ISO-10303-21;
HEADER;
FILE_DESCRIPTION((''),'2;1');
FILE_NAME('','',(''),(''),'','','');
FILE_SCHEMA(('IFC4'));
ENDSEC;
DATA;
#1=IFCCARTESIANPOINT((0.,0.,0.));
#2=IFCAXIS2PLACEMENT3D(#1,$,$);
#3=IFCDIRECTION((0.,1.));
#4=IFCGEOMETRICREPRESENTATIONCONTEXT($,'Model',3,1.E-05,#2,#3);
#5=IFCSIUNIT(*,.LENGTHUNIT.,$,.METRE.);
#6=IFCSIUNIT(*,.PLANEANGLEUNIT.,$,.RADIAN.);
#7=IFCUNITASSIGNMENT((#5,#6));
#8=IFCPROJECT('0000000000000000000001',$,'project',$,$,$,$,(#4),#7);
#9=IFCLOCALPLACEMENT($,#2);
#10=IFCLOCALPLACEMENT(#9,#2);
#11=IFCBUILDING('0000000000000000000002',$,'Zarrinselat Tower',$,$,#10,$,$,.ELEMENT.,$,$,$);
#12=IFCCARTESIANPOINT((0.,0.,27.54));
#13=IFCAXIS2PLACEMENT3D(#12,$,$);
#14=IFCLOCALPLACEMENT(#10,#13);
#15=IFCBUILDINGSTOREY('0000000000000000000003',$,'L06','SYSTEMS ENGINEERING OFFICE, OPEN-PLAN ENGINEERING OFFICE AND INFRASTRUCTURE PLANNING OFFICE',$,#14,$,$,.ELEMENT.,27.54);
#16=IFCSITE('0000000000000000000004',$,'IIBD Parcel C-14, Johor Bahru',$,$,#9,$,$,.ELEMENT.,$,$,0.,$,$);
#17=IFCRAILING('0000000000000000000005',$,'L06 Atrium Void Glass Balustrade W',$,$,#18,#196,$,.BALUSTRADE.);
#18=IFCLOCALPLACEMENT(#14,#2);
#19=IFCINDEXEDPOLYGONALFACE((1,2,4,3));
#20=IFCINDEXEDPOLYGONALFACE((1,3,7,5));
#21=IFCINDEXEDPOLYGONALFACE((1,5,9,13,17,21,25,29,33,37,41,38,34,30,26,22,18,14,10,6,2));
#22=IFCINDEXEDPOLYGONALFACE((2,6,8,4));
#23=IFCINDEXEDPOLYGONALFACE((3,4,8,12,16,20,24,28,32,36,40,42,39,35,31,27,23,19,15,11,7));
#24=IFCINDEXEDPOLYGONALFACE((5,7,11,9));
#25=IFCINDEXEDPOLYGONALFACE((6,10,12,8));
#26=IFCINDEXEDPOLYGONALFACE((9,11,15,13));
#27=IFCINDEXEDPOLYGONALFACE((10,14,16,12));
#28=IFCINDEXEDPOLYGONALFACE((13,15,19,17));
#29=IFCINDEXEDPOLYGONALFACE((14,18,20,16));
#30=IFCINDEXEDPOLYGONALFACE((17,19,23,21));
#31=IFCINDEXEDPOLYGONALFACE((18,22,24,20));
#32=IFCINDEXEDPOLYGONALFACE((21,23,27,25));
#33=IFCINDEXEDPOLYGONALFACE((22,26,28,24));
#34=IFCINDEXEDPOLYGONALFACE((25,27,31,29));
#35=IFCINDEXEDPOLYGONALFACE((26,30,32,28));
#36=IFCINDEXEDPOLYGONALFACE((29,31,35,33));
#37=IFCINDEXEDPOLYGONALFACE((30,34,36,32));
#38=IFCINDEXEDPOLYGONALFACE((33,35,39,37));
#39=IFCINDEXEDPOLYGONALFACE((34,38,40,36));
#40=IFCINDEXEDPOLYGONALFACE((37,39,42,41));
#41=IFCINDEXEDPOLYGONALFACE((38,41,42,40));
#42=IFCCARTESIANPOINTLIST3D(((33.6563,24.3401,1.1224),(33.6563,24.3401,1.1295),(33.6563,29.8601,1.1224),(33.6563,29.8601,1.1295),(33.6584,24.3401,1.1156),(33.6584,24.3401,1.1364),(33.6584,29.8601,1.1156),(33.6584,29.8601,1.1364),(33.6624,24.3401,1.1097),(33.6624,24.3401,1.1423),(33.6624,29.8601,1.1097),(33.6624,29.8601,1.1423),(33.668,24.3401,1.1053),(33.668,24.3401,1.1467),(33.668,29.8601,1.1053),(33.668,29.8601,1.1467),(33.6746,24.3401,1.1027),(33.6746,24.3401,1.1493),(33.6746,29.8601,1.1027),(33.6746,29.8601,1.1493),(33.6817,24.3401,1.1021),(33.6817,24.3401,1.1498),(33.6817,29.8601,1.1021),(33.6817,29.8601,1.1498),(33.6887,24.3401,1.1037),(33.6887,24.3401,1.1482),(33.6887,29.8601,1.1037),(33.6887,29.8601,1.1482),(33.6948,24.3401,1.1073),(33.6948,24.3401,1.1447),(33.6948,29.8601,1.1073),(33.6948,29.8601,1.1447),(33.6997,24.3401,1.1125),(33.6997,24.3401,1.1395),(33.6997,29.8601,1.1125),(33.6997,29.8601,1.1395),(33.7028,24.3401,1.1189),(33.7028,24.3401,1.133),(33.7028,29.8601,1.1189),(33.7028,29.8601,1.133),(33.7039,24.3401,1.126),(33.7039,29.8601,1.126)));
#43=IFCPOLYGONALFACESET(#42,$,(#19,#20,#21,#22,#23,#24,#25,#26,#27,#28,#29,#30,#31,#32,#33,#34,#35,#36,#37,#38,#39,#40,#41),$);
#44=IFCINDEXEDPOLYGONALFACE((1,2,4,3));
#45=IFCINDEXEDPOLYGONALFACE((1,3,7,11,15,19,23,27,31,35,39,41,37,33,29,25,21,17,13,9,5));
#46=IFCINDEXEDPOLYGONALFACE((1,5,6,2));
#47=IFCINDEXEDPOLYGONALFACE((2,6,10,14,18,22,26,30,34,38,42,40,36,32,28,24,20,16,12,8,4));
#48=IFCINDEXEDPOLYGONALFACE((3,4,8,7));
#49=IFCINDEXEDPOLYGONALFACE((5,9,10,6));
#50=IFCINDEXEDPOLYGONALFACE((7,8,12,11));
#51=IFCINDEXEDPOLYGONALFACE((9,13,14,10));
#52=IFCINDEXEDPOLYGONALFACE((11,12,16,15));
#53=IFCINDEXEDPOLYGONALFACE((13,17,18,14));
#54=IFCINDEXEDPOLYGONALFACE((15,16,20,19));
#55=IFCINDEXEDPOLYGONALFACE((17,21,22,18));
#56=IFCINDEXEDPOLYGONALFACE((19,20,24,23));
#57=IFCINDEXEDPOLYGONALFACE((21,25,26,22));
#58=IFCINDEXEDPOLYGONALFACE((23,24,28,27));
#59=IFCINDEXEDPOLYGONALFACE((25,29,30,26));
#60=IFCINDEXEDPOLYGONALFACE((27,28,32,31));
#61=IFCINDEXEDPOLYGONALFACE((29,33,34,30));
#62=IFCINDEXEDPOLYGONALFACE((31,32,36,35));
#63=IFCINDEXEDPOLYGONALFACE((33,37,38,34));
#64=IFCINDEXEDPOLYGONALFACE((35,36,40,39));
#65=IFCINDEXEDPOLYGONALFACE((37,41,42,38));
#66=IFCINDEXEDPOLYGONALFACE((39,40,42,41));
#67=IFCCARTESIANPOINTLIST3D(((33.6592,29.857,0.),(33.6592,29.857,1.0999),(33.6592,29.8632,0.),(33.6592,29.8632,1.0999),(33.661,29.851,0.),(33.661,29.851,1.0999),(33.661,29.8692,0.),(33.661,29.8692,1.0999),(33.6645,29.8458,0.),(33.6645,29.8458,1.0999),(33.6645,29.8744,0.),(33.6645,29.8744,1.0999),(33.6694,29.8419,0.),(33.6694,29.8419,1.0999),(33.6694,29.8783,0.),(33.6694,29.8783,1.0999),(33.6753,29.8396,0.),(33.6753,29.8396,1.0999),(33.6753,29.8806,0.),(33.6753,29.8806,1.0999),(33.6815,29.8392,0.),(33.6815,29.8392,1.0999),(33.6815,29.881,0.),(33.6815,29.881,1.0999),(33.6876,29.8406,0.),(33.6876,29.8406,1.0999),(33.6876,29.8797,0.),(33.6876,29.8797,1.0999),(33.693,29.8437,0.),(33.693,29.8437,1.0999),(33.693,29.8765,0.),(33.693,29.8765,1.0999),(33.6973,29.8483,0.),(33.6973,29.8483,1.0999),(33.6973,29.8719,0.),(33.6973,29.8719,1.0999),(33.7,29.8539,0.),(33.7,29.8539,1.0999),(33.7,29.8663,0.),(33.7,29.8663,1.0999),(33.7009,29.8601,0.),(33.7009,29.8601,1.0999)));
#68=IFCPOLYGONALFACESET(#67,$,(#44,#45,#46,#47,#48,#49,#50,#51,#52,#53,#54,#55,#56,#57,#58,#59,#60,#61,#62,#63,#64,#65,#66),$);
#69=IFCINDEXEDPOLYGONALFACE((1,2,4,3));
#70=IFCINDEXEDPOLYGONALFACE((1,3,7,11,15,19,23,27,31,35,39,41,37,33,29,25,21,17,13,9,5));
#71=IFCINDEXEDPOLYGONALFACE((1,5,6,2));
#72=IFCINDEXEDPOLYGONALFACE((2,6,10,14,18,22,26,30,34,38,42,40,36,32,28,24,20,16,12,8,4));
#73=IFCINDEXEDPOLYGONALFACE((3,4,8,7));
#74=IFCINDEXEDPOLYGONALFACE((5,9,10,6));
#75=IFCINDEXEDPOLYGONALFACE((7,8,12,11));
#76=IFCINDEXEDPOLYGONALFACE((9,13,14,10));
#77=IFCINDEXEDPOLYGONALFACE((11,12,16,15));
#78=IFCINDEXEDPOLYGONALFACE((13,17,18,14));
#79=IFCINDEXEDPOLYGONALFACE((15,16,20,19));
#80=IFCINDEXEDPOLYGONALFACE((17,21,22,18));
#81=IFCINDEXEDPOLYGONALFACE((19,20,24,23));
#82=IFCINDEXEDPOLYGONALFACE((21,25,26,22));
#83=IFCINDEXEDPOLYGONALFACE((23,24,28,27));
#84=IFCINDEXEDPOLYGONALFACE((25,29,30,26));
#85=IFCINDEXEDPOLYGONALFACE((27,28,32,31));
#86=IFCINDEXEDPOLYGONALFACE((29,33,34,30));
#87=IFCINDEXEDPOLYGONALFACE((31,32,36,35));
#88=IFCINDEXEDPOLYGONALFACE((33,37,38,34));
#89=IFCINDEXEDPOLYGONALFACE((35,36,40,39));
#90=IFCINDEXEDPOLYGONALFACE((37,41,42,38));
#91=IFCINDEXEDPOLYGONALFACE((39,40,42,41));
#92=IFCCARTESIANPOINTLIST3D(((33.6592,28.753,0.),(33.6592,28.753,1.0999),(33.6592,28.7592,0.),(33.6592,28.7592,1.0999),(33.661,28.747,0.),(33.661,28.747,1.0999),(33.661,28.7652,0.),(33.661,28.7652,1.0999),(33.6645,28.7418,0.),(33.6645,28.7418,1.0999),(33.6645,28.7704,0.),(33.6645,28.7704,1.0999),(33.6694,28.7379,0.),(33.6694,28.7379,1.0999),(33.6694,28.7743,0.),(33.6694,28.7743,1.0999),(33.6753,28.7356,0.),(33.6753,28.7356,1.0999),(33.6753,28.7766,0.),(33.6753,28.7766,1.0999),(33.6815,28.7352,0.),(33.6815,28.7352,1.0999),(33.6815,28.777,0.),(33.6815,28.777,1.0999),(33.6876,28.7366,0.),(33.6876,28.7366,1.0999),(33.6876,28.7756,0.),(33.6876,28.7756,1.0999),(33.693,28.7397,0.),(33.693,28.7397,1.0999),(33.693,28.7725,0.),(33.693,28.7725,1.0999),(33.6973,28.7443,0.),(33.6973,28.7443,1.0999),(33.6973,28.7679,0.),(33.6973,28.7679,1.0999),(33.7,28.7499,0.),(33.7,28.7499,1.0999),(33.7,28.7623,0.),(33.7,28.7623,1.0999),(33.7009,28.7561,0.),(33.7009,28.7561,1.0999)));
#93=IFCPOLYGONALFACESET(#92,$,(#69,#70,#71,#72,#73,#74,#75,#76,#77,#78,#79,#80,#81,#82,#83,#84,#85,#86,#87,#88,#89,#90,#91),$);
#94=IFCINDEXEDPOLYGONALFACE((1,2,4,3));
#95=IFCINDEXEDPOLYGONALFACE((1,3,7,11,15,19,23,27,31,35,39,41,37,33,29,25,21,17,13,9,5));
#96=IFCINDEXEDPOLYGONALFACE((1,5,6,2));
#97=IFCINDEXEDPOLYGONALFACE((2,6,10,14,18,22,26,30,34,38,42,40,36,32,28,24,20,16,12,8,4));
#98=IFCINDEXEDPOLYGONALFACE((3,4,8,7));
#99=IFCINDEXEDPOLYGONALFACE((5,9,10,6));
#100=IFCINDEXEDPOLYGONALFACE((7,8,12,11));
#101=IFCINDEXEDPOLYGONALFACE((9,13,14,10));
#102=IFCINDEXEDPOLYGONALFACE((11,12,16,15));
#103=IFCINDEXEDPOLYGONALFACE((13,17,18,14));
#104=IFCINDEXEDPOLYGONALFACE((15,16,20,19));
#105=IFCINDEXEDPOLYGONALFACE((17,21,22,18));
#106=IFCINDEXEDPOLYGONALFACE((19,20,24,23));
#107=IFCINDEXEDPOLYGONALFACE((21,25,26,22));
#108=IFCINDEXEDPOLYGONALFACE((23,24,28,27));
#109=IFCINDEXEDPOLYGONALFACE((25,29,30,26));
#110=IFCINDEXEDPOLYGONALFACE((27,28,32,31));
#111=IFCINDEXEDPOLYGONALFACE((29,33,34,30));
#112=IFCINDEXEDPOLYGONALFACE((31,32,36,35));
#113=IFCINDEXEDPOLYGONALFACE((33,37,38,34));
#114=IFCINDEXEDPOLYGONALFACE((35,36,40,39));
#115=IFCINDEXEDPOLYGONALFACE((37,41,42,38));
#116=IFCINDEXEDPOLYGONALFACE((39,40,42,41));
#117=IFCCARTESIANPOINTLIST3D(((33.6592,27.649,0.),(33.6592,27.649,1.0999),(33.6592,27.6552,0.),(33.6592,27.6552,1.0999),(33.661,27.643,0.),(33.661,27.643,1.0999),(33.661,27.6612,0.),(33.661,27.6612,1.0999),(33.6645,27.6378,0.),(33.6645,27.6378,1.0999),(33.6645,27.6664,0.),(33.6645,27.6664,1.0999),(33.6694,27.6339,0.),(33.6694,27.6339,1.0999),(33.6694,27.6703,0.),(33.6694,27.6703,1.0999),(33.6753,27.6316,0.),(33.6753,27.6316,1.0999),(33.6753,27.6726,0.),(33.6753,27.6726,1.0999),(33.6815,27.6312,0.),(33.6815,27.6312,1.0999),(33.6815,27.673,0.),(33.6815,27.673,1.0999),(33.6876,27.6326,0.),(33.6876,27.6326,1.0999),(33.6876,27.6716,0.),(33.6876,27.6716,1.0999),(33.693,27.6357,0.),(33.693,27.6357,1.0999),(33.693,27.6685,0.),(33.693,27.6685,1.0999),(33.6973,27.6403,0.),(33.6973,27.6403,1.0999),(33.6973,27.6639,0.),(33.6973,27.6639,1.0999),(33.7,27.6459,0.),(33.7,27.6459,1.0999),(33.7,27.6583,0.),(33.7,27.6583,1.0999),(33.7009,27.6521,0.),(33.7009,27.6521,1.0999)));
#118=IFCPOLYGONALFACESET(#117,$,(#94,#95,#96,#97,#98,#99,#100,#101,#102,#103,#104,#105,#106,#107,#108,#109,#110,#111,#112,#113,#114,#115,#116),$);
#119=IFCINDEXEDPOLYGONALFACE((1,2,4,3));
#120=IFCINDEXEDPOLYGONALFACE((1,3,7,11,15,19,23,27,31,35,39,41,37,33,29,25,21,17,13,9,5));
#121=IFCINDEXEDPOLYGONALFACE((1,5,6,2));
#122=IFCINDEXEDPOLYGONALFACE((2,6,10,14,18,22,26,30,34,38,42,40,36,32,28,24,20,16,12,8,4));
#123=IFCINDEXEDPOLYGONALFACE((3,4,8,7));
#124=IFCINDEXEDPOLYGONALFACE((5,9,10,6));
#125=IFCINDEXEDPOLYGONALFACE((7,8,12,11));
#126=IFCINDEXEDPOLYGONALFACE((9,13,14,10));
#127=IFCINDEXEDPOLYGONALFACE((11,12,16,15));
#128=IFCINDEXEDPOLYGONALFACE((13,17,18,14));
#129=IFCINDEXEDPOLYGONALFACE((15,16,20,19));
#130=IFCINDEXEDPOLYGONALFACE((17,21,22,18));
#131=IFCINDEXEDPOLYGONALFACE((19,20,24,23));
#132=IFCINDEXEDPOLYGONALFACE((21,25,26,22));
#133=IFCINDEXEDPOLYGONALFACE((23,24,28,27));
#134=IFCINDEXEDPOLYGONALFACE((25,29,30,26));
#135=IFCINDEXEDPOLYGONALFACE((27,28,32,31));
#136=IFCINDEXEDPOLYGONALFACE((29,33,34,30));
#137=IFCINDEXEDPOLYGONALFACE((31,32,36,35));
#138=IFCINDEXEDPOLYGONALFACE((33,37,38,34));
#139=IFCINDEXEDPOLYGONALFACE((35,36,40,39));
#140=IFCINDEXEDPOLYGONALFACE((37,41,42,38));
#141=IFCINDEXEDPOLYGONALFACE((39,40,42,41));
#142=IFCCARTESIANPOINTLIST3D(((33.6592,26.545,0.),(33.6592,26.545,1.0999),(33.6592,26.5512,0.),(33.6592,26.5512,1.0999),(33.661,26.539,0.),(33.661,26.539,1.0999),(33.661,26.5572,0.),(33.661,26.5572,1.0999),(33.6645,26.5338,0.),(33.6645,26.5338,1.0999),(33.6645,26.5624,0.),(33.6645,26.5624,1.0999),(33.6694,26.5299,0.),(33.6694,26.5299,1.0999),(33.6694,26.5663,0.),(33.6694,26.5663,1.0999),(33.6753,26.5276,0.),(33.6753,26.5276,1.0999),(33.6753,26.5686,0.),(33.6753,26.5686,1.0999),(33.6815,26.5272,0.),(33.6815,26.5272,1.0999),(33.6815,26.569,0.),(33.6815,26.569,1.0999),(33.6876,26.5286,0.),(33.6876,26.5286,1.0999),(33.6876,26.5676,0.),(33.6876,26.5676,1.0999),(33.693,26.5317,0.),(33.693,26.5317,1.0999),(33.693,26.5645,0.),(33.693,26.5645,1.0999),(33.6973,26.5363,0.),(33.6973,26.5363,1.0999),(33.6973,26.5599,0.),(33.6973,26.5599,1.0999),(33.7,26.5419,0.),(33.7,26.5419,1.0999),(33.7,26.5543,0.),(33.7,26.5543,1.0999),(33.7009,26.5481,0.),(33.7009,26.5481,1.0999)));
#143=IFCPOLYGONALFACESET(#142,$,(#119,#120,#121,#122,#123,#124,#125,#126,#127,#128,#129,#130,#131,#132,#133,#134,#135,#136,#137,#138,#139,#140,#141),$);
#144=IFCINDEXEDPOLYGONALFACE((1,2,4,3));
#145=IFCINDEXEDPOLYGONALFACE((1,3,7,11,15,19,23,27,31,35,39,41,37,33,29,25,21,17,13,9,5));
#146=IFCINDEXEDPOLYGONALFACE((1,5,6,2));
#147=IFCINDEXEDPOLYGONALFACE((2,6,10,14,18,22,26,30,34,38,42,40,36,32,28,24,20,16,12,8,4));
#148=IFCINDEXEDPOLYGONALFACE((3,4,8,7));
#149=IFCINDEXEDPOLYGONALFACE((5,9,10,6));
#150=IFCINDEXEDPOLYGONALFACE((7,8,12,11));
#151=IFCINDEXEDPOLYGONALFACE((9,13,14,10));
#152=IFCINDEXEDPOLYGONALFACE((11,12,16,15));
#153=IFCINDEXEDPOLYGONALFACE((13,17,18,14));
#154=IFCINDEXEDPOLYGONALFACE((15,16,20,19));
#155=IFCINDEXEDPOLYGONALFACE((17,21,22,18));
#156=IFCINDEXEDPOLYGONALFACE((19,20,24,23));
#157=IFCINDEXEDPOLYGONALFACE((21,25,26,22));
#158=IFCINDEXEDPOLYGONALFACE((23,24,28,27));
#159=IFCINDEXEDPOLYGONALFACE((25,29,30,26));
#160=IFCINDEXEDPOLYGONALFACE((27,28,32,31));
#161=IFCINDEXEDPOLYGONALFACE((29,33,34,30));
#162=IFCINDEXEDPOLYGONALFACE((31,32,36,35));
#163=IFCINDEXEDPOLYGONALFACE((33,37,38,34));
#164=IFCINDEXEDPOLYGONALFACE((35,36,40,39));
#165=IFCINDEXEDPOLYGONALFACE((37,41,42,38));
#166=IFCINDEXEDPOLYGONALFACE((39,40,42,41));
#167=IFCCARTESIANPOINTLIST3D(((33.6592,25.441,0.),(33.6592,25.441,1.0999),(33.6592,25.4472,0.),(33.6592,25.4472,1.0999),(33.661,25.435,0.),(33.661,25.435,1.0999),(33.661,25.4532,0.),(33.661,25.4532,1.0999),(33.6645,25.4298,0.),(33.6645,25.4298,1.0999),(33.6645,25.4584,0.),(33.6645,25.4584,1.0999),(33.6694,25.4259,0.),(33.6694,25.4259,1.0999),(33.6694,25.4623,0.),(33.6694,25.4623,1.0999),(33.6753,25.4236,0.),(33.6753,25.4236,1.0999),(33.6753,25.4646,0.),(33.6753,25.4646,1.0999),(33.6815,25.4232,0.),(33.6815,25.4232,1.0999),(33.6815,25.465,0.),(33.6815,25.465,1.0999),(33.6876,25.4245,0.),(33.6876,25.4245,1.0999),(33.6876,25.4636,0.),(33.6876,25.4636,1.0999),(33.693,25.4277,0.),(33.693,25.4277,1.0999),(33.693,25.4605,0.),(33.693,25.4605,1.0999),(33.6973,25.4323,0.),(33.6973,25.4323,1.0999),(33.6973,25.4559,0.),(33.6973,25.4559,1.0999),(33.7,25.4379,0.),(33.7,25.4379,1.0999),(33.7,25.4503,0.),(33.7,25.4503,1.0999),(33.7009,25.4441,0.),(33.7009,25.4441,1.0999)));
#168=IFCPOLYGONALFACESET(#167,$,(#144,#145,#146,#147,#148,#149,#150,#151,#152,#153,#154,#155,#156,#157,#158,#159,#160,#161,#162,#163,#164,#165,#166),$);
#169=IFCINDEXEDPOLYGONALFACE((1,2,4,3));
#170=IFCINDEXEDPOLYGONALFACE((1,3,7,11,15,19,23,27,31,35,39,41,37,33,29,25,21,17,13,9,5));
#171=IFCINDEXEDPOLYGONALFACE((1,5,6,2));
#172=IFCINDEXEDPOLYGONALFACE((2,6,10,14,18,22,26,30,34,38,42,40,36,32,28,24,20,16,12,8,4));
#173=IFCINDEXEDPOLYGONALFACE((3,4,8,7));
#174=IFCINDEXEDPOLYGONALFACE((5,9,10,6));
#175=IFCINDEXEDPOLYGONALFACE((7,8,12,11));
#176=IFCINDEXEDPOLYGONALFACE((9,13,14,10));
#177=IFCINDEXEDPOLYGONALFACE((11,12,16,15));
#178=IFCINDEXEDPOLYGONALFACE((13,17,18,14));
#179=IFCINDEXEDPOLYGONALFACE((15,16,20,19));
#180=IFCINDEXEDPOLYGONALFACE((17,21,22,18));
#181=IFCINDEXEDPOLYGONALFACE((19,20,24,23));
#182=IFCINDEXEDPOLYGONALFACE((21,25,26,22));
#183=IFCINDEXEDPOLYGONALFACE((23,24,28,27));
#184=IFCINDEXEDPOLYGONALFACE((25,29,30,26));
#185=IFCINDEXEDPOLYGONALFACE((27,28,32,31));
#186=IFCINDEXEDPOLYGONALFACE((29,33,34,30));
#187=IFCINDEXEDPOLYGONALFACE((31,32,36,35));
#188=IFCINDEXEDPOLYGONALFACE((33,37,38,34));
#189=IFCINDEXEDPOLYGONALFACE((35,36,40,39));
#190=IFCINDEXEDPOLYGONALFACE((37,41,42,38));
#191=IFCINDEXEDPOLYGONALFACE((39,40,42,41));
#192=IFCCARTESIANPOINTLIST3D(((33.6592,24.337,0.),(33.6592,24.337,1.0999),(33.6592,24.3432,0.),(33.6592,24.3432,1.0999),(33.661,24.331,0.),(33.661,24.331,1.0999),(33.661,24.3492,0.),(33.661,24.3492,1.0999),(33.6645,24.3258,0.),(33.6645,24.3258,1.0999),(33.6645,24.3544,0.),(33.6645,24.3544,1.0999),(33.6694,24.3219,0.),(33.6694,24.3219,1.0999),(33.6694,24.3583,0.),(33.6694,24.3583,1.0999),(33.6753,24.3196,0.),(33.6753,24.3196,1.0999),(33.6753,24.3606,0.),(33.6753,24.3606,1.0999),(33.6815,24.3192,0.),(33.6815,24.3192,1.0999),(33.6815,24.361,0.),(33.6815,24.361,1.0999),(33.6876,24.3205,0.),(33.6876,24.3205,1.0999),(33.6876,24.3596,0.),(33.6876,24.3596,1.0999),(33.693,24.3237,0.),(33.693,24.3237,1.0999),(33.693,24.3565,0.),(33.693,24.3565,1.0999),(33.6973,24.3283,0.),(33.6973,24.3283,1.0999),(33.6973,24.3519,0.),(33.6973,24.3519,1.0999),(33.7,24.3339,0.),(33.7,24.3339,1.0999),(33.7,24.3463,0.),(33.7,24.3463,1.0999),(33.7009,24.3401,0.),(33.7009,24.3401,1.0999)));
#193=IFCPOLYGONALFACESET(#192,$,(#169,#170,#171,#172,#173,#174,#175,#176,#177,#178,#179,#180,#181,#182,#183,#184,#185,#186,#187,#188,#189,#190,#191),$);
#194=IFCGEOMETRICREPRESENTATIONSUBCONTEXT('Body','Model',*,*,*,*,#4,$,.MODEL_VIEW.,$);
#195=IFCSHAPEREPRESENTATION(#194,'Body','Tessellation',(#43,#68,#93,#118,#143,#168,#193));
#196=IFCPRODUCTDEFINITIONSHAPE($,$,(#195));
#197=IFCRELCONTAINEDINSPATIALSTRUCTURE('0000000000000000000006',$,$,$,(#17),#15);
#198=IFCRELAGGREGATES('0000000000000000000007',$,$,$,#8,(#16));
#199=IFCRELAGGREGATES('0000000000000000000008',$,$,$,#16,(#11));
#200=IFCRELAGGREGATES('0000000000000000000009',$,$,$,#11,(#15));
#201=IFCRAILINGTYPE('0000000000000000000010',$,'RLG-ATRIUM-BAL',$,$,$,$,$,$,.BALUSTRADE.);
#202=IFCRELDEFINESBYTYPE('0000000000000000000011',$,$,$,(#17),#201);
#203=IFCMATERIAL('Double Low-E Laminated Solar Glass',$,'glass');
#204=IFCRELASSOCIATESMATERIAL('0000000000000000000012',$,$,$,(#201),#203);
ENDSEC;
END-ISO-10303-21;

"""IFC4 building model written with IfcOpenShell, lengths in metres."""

from ifc_helpers import new_model, si_unit, direction, frame, origin, origin_2d, place, context, subcontext, project, spatial, circle, extrude, material, type_object, element, save


model = new_model("IFC4")

# Units and contexts
model_context = context("Model", 3, precision=1e-05, world=origin(), true_north=direction((0.0, 1.0)))
body_context = subcontext(model_context, "Body", "Model", "MODEL_VIEW")
ifc_project = project(units=[si_unit("LENGTHUNIT", "METRE"), si_unit("PLANEANGLEUNIT", "RADIAN")], contexts=[model_context])

# Site, building, storey
site_placement = place(None, origin())
site = spatial("IfcSite", under=ifc_project, at=site_placement, Name="IIBD Parcel C-14, Johor Bahru", CompositionType="ELEMENT", RefElevation=0.0)
building_placement = place(site_placement, origin())
building = spatial("IfcBuilding", under=site, at=building_placement, Name="Zarrinselat Tower", CompositionType="ELEMENT")
storey_placement = place(building_placement, frame((0.0, 0.0, 27.54)))
storey = spatial("IfcBuildingStorey", under=building, at=storey_placement, Name="L06", Description="SYSTEMS ENGINEERING OFFICE, OPEN-PLAN ENGINEERING OFFICE AND INFRASTRUCTURE PLANNING OFFICE", CompositionType="ELEMENT", Elevation=27.54)

# Railing
ifc_material_1 = material(Name="Double Low-E Laminated Solar Glass", Category="glass")
railing_type_1 = type_object("IfcRailingType", Name="RLG-ATRIUM-BAL", PredefinedType="BALUSTRADE", material=ifc_material_1)
railing_1_placement = place(storey_placement, frame((33.6799, 29.8601, 0.0)))
element("IfcRailing", 1, at=railing_1_placement, inside=storey, type_object=railing_type_1, Name="L06 Atrium Void Glass Balustrade W", PredefinedType="BALUSTRADE", context=body_context, shape_type="SweptSolid", body=[
    extrude(circle(Radius=0.0239, at=origin_2d()), frame((0.0, 0.0, 1.126), z_axis=(0.0, -1.0, 0.0), x_axis=(1.0, 0.0, 0.0)), (0.0, 0.0, 1.0), 5.52),
    extrude(circle(Radius=0.021, at=origin_2d()), origin(), (0.0, 0.0, 1.0), 1.0999),
    extrude(circle(Radius=0.021, at=origin_2d()), frame((0.0, -1.104, 0.0)), (0.0, 0.0, 1.0), 1.0999),
    extrude(circle(Radius=0.021, at=origin_2d()), frame((0.0, -2.208, 0.0)), (0.0, 0.0, 1.0), 1.0999),
    extrude(circle(Radius=0.021, at=origin_2d()), frame((0.0, -3.312, 0.0)), (0.0, 0.0, 1.0), 1.0999),
    extrude(circle(Radius=0.021, at=origin_2d()), frame((0.0, -4.416, 0.0)), (0.0, 0.0, 1.0), 1.0999),
    extrude(circle(Radius=0.021, at=origin_2d()), frame((0.0, -5.52, 0.0)), (0.0, 0.0, 1.0), 1.0999),
])

save(model, "model.ifc")
